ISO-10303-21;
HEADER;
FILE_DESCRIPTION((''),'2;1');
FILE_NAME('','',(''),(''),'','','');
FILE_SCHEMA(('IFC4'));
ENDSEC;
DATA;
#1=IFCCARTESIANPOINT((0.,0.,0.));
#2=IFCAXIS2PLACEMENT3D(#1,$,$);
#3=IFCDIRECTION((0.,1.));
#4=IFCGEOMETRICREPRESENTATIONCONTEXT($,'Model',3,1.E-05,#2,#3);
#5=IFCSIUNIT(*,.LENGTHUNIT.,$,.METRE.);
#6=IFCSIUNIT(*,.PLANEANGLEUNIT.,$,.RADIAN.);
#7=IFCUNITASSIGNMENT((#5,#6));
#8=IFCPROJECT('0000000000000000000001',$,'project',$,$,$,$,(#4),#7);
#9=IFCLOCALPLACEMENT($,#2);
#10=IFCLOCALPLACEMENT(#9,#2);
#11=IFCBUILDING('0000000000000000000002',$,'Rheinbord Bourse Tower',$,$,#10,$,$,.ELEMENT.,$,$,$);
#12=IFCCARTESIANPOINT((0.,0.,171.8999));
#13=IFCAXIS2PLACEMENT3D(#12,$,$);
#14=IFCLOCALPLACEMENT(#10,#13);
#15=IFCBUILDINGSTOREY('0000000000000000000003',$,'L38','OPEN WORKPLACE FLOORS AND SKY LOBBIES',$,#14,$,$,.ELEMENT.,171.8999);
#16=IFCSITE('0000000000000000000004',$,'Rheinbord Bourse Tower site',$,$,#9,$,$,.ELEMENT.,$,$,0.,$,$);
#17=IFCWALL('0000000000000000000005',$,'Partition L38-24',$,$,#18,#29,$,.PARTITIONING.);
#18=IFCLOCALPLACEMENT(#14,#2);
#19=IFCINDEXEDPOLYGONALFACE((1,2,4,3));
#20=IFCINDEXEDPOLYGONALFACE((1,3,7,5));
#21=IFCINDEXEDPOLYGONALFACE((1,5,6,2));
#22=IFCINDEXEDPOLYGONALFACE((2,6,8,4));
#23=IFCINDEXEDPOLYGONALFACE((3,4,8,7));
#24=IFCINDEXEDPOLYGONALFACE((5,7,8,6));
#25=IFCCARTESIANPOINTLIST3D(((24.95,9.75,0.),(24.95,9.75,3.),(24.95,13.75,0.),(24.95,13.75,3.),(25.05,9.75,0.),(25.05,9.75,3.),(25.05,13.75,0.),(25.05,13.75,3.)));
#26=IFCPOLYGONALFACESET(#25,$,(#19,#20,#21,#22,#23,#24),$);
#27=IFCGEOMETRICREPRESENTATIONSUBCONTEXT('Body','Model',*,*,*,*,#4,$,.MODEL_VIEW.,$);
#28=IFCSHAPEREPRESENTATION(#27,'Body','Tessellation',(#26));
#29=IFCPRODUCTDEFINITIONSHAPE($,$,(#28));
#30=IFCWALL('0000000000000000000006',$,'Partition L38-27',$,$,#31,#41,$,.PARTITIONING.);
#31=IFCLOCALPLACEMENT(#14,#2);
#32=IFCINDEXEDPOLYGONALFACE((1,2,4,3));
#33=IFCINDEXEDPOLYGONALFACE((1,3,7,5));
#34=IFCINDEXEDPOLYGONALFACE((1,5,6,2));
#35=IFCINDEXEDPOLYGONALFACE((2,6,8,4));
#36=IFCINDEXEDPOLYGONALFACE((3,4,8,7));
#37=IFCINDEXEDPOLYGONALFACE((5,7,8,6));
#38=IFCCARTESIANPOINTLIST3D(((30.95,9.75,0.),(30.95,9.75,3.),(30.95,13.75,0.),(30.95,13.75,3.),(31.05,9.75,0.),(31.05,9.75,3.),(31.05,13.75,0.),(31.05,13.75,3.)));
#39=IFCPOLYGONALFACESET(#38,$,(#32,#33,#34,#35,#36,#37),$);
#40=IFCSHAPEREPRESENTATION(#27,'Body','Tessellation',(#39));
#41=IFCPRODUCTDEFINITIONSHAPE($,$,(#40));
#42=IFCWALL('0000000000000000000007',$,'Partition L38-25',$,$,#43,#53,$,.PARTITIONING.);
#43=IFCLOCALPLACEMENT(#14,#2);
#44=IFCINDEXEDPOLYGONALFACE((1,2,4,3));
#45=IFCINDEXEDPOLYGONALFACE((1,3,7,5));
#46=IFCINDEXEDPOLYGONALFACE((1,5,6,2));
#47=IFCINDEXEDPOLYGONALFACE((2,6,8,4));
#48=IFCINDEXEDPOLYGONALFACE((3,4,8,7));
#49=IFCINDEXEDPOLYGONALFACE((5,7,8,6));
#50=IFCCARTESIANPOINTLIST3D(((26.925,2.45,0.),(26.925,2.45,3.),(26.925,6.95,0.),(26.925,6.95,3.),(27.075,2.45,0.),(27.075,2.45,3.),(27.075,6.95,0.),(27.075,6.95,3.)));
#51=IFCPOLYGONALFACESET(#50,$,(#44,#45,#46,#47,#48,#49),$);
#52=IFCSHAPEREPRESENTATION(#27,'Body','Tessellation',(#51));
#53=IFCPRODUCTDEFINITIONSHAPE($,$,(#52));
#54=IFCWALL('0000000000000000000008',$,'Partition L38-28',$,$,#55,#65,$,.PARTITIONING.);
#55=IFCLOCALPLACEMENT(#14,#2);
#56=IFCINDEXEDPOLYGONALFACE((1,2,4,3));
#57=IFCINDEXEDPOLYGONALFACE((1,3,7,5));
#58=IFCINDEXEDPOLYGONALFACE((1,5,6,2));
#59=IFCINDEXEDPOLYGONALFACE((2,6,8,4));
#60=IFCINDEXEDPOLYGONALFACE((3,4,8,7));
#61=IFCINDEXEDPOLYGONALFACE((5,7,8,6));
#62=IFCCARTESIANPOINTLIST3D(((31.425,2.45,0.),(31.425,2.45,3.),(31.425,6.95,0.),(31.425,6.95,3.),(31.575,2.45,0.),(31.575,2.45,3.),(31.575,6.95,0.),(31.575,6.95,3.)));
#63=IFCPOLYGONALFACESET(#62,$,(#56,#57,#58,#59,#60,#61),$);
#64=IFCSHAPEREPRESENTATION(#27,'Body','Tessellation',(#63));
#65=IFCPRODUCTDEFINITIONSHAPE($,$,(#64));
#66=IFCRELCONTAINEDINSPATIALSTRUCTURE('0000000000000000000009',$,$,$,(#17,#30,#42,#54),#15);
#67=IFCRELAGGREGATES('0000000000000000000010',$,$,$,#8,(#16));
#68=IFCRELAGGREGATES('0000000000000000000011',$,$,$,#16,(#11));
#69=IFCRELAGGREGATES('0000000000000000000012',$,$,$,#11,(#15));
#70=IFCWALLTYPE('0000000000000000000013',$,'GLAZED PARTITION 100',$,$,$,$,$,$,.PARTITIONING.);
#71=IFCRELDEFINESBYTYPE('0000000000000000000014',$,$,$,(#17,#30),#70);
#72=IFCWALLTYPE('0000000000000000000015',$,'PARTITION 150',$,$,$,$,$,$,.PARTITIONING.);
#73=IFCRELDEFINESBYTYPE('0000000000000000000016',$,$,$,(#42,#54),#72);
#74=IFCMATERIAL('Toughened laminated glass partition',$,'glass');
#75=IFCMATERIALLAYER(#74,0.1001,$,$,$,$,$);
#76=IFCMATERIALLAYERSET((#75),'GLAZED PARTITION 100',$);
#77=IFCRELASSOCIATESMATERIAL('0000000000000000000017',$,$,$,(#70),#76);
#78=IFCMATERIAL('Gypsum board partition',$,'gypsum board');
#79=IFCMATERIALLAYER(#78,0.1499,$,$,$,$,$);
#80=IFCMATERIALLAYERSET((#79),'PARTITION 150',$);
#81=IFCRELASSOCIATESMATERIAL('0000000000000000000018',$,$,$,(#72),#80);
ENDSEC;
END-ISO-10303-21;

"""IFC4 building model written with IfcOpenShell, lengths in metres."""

from ifc_helpers import new_model, si_unit, direction, frame, frame_2d, origin, place, context, subcontext, project, spatial, rectangle, extrude, material, layer, layer_set, type_object, element, save


model = new_model("IFC4")

# Units and contexts
model_context = context("Model", 3, precision=1e-05, world=origin(), true_north=direction((0.0, 1.0)))
body_context = subcontext(model_context, "Body", "Model", "MODEL_VIEW")
ifc_project = project(units=[si_unit("LENGTHUNIT", "METRE"), si_unit("PLANEANGLEUNIT", "RADIAN")], contexts=[model_context])

# Site, building, storey
site_placement = place(None, origin())
site = spatial("IfcSite", under=ifc_project, at=site_placement, Name="Rheinbord Bourse Tower site", CompositionType="ELEMENT", RefElevation=0.0)
building_placement = place(site_placement, origin())
building = spatial("IfcBuilding", under=site, at=building_placement, Name="Rheinbord Bourse Tower", CompositionType="ELEMENT")
storey_placement = place(building_placement, frame((0.0, 0.0, 171.8999)))
storey = spatial("IfcBuildingStorey", under=building, at=storey_placement, Name="L38", Description="OPEN WORKPLACE FLOORS AND SKY LOBBIES", CompositionType="ELEMENT", Elevation=171.8999)

# Shared definitions
ifc_material_1 = material(Name="Toughened laminated glass partition", Category="glass")
ifc_layer_1 = layer(ifc_material_1, 0.1001)
ifc_layer_set_1 = layer_set([ifc_layer_1], Name="GLAZED PARTITION 100")
wall_type_1 = type_object("IfcWallType", Name="GLAZED PARTITION 100", PredefinedType="PARTITIONING", material=ifc_layer_set_1)

# Walls
for number, where, z_axis, x_axis, name in (
    (1, (25.0, 9.75, 0.0), (0.0, 0.0, 1.0), (0.0, 1.0, 0.0), "Partition L38-24"),
    (2, (31.0, 9.75, 0.0), (0.0, 0.0, 1.0), (0.0, 1.0, 0.0), "Partition L38-27"),
):
    element("IfcWall", number, at=place(storey_placement, frame(where, z_axis=z_axis, x_axis=x_axis)), inside=storey, type_object=wall_type_1, Name=name, PredefinedType="PARTITIONING", context=body_context, shape_type="SweptSolid", body=[
        extrude(rectangle(XDim=4.0, YDim=0.1001, at=frame_2d((2.0, 0.0))), origin(), (0.0, 0.0, 1.0), 3.0),
    ])
ifc_material_2 = material(Name="Gypsum board partition", Category="gypsum board")
ifc_layer_2 = layer(ifc_material_2, 0.1499)
ifc_layer_set_2 = layer_set([ifc_layer_2], Name="PARTITION 150")
wall_type_2 = type_object("IfcWallType", Name="PARTITION 150", PredefinedType="PARTITIONING", material=ifc_layer_set_2)
for number, where, z_axis, x_axis, name in (
    (3, (27.0, 2.45, 0.0), (0.0, 0.0, 1.0), (0.0, 1.0, 0.0), "Partition L38-25"),
    (4, (31.5, 2.45, 0.0), (0.0, 0.0, 1.0), (0.0, 1.0, 0.0), "Partition L38-28"),
):
    element("IfcWall", number, at=place(storey_placement, frame(where, z_axis=z_axis, x_axis=x_axis)), inside=storey, type_object=wall_type_2, Name=name, PredefinedType="PARTITIONING", context=body_context, shape_type="SweptSolid", body=[
        extrude(rectangle(XDim=4.5, YDim=0.1499, at=frame_2d((2.25, 0.0))), origin(), (0.0, 0.0, 1.0), 3.0),
    ])

save(model, "model.ifc")
